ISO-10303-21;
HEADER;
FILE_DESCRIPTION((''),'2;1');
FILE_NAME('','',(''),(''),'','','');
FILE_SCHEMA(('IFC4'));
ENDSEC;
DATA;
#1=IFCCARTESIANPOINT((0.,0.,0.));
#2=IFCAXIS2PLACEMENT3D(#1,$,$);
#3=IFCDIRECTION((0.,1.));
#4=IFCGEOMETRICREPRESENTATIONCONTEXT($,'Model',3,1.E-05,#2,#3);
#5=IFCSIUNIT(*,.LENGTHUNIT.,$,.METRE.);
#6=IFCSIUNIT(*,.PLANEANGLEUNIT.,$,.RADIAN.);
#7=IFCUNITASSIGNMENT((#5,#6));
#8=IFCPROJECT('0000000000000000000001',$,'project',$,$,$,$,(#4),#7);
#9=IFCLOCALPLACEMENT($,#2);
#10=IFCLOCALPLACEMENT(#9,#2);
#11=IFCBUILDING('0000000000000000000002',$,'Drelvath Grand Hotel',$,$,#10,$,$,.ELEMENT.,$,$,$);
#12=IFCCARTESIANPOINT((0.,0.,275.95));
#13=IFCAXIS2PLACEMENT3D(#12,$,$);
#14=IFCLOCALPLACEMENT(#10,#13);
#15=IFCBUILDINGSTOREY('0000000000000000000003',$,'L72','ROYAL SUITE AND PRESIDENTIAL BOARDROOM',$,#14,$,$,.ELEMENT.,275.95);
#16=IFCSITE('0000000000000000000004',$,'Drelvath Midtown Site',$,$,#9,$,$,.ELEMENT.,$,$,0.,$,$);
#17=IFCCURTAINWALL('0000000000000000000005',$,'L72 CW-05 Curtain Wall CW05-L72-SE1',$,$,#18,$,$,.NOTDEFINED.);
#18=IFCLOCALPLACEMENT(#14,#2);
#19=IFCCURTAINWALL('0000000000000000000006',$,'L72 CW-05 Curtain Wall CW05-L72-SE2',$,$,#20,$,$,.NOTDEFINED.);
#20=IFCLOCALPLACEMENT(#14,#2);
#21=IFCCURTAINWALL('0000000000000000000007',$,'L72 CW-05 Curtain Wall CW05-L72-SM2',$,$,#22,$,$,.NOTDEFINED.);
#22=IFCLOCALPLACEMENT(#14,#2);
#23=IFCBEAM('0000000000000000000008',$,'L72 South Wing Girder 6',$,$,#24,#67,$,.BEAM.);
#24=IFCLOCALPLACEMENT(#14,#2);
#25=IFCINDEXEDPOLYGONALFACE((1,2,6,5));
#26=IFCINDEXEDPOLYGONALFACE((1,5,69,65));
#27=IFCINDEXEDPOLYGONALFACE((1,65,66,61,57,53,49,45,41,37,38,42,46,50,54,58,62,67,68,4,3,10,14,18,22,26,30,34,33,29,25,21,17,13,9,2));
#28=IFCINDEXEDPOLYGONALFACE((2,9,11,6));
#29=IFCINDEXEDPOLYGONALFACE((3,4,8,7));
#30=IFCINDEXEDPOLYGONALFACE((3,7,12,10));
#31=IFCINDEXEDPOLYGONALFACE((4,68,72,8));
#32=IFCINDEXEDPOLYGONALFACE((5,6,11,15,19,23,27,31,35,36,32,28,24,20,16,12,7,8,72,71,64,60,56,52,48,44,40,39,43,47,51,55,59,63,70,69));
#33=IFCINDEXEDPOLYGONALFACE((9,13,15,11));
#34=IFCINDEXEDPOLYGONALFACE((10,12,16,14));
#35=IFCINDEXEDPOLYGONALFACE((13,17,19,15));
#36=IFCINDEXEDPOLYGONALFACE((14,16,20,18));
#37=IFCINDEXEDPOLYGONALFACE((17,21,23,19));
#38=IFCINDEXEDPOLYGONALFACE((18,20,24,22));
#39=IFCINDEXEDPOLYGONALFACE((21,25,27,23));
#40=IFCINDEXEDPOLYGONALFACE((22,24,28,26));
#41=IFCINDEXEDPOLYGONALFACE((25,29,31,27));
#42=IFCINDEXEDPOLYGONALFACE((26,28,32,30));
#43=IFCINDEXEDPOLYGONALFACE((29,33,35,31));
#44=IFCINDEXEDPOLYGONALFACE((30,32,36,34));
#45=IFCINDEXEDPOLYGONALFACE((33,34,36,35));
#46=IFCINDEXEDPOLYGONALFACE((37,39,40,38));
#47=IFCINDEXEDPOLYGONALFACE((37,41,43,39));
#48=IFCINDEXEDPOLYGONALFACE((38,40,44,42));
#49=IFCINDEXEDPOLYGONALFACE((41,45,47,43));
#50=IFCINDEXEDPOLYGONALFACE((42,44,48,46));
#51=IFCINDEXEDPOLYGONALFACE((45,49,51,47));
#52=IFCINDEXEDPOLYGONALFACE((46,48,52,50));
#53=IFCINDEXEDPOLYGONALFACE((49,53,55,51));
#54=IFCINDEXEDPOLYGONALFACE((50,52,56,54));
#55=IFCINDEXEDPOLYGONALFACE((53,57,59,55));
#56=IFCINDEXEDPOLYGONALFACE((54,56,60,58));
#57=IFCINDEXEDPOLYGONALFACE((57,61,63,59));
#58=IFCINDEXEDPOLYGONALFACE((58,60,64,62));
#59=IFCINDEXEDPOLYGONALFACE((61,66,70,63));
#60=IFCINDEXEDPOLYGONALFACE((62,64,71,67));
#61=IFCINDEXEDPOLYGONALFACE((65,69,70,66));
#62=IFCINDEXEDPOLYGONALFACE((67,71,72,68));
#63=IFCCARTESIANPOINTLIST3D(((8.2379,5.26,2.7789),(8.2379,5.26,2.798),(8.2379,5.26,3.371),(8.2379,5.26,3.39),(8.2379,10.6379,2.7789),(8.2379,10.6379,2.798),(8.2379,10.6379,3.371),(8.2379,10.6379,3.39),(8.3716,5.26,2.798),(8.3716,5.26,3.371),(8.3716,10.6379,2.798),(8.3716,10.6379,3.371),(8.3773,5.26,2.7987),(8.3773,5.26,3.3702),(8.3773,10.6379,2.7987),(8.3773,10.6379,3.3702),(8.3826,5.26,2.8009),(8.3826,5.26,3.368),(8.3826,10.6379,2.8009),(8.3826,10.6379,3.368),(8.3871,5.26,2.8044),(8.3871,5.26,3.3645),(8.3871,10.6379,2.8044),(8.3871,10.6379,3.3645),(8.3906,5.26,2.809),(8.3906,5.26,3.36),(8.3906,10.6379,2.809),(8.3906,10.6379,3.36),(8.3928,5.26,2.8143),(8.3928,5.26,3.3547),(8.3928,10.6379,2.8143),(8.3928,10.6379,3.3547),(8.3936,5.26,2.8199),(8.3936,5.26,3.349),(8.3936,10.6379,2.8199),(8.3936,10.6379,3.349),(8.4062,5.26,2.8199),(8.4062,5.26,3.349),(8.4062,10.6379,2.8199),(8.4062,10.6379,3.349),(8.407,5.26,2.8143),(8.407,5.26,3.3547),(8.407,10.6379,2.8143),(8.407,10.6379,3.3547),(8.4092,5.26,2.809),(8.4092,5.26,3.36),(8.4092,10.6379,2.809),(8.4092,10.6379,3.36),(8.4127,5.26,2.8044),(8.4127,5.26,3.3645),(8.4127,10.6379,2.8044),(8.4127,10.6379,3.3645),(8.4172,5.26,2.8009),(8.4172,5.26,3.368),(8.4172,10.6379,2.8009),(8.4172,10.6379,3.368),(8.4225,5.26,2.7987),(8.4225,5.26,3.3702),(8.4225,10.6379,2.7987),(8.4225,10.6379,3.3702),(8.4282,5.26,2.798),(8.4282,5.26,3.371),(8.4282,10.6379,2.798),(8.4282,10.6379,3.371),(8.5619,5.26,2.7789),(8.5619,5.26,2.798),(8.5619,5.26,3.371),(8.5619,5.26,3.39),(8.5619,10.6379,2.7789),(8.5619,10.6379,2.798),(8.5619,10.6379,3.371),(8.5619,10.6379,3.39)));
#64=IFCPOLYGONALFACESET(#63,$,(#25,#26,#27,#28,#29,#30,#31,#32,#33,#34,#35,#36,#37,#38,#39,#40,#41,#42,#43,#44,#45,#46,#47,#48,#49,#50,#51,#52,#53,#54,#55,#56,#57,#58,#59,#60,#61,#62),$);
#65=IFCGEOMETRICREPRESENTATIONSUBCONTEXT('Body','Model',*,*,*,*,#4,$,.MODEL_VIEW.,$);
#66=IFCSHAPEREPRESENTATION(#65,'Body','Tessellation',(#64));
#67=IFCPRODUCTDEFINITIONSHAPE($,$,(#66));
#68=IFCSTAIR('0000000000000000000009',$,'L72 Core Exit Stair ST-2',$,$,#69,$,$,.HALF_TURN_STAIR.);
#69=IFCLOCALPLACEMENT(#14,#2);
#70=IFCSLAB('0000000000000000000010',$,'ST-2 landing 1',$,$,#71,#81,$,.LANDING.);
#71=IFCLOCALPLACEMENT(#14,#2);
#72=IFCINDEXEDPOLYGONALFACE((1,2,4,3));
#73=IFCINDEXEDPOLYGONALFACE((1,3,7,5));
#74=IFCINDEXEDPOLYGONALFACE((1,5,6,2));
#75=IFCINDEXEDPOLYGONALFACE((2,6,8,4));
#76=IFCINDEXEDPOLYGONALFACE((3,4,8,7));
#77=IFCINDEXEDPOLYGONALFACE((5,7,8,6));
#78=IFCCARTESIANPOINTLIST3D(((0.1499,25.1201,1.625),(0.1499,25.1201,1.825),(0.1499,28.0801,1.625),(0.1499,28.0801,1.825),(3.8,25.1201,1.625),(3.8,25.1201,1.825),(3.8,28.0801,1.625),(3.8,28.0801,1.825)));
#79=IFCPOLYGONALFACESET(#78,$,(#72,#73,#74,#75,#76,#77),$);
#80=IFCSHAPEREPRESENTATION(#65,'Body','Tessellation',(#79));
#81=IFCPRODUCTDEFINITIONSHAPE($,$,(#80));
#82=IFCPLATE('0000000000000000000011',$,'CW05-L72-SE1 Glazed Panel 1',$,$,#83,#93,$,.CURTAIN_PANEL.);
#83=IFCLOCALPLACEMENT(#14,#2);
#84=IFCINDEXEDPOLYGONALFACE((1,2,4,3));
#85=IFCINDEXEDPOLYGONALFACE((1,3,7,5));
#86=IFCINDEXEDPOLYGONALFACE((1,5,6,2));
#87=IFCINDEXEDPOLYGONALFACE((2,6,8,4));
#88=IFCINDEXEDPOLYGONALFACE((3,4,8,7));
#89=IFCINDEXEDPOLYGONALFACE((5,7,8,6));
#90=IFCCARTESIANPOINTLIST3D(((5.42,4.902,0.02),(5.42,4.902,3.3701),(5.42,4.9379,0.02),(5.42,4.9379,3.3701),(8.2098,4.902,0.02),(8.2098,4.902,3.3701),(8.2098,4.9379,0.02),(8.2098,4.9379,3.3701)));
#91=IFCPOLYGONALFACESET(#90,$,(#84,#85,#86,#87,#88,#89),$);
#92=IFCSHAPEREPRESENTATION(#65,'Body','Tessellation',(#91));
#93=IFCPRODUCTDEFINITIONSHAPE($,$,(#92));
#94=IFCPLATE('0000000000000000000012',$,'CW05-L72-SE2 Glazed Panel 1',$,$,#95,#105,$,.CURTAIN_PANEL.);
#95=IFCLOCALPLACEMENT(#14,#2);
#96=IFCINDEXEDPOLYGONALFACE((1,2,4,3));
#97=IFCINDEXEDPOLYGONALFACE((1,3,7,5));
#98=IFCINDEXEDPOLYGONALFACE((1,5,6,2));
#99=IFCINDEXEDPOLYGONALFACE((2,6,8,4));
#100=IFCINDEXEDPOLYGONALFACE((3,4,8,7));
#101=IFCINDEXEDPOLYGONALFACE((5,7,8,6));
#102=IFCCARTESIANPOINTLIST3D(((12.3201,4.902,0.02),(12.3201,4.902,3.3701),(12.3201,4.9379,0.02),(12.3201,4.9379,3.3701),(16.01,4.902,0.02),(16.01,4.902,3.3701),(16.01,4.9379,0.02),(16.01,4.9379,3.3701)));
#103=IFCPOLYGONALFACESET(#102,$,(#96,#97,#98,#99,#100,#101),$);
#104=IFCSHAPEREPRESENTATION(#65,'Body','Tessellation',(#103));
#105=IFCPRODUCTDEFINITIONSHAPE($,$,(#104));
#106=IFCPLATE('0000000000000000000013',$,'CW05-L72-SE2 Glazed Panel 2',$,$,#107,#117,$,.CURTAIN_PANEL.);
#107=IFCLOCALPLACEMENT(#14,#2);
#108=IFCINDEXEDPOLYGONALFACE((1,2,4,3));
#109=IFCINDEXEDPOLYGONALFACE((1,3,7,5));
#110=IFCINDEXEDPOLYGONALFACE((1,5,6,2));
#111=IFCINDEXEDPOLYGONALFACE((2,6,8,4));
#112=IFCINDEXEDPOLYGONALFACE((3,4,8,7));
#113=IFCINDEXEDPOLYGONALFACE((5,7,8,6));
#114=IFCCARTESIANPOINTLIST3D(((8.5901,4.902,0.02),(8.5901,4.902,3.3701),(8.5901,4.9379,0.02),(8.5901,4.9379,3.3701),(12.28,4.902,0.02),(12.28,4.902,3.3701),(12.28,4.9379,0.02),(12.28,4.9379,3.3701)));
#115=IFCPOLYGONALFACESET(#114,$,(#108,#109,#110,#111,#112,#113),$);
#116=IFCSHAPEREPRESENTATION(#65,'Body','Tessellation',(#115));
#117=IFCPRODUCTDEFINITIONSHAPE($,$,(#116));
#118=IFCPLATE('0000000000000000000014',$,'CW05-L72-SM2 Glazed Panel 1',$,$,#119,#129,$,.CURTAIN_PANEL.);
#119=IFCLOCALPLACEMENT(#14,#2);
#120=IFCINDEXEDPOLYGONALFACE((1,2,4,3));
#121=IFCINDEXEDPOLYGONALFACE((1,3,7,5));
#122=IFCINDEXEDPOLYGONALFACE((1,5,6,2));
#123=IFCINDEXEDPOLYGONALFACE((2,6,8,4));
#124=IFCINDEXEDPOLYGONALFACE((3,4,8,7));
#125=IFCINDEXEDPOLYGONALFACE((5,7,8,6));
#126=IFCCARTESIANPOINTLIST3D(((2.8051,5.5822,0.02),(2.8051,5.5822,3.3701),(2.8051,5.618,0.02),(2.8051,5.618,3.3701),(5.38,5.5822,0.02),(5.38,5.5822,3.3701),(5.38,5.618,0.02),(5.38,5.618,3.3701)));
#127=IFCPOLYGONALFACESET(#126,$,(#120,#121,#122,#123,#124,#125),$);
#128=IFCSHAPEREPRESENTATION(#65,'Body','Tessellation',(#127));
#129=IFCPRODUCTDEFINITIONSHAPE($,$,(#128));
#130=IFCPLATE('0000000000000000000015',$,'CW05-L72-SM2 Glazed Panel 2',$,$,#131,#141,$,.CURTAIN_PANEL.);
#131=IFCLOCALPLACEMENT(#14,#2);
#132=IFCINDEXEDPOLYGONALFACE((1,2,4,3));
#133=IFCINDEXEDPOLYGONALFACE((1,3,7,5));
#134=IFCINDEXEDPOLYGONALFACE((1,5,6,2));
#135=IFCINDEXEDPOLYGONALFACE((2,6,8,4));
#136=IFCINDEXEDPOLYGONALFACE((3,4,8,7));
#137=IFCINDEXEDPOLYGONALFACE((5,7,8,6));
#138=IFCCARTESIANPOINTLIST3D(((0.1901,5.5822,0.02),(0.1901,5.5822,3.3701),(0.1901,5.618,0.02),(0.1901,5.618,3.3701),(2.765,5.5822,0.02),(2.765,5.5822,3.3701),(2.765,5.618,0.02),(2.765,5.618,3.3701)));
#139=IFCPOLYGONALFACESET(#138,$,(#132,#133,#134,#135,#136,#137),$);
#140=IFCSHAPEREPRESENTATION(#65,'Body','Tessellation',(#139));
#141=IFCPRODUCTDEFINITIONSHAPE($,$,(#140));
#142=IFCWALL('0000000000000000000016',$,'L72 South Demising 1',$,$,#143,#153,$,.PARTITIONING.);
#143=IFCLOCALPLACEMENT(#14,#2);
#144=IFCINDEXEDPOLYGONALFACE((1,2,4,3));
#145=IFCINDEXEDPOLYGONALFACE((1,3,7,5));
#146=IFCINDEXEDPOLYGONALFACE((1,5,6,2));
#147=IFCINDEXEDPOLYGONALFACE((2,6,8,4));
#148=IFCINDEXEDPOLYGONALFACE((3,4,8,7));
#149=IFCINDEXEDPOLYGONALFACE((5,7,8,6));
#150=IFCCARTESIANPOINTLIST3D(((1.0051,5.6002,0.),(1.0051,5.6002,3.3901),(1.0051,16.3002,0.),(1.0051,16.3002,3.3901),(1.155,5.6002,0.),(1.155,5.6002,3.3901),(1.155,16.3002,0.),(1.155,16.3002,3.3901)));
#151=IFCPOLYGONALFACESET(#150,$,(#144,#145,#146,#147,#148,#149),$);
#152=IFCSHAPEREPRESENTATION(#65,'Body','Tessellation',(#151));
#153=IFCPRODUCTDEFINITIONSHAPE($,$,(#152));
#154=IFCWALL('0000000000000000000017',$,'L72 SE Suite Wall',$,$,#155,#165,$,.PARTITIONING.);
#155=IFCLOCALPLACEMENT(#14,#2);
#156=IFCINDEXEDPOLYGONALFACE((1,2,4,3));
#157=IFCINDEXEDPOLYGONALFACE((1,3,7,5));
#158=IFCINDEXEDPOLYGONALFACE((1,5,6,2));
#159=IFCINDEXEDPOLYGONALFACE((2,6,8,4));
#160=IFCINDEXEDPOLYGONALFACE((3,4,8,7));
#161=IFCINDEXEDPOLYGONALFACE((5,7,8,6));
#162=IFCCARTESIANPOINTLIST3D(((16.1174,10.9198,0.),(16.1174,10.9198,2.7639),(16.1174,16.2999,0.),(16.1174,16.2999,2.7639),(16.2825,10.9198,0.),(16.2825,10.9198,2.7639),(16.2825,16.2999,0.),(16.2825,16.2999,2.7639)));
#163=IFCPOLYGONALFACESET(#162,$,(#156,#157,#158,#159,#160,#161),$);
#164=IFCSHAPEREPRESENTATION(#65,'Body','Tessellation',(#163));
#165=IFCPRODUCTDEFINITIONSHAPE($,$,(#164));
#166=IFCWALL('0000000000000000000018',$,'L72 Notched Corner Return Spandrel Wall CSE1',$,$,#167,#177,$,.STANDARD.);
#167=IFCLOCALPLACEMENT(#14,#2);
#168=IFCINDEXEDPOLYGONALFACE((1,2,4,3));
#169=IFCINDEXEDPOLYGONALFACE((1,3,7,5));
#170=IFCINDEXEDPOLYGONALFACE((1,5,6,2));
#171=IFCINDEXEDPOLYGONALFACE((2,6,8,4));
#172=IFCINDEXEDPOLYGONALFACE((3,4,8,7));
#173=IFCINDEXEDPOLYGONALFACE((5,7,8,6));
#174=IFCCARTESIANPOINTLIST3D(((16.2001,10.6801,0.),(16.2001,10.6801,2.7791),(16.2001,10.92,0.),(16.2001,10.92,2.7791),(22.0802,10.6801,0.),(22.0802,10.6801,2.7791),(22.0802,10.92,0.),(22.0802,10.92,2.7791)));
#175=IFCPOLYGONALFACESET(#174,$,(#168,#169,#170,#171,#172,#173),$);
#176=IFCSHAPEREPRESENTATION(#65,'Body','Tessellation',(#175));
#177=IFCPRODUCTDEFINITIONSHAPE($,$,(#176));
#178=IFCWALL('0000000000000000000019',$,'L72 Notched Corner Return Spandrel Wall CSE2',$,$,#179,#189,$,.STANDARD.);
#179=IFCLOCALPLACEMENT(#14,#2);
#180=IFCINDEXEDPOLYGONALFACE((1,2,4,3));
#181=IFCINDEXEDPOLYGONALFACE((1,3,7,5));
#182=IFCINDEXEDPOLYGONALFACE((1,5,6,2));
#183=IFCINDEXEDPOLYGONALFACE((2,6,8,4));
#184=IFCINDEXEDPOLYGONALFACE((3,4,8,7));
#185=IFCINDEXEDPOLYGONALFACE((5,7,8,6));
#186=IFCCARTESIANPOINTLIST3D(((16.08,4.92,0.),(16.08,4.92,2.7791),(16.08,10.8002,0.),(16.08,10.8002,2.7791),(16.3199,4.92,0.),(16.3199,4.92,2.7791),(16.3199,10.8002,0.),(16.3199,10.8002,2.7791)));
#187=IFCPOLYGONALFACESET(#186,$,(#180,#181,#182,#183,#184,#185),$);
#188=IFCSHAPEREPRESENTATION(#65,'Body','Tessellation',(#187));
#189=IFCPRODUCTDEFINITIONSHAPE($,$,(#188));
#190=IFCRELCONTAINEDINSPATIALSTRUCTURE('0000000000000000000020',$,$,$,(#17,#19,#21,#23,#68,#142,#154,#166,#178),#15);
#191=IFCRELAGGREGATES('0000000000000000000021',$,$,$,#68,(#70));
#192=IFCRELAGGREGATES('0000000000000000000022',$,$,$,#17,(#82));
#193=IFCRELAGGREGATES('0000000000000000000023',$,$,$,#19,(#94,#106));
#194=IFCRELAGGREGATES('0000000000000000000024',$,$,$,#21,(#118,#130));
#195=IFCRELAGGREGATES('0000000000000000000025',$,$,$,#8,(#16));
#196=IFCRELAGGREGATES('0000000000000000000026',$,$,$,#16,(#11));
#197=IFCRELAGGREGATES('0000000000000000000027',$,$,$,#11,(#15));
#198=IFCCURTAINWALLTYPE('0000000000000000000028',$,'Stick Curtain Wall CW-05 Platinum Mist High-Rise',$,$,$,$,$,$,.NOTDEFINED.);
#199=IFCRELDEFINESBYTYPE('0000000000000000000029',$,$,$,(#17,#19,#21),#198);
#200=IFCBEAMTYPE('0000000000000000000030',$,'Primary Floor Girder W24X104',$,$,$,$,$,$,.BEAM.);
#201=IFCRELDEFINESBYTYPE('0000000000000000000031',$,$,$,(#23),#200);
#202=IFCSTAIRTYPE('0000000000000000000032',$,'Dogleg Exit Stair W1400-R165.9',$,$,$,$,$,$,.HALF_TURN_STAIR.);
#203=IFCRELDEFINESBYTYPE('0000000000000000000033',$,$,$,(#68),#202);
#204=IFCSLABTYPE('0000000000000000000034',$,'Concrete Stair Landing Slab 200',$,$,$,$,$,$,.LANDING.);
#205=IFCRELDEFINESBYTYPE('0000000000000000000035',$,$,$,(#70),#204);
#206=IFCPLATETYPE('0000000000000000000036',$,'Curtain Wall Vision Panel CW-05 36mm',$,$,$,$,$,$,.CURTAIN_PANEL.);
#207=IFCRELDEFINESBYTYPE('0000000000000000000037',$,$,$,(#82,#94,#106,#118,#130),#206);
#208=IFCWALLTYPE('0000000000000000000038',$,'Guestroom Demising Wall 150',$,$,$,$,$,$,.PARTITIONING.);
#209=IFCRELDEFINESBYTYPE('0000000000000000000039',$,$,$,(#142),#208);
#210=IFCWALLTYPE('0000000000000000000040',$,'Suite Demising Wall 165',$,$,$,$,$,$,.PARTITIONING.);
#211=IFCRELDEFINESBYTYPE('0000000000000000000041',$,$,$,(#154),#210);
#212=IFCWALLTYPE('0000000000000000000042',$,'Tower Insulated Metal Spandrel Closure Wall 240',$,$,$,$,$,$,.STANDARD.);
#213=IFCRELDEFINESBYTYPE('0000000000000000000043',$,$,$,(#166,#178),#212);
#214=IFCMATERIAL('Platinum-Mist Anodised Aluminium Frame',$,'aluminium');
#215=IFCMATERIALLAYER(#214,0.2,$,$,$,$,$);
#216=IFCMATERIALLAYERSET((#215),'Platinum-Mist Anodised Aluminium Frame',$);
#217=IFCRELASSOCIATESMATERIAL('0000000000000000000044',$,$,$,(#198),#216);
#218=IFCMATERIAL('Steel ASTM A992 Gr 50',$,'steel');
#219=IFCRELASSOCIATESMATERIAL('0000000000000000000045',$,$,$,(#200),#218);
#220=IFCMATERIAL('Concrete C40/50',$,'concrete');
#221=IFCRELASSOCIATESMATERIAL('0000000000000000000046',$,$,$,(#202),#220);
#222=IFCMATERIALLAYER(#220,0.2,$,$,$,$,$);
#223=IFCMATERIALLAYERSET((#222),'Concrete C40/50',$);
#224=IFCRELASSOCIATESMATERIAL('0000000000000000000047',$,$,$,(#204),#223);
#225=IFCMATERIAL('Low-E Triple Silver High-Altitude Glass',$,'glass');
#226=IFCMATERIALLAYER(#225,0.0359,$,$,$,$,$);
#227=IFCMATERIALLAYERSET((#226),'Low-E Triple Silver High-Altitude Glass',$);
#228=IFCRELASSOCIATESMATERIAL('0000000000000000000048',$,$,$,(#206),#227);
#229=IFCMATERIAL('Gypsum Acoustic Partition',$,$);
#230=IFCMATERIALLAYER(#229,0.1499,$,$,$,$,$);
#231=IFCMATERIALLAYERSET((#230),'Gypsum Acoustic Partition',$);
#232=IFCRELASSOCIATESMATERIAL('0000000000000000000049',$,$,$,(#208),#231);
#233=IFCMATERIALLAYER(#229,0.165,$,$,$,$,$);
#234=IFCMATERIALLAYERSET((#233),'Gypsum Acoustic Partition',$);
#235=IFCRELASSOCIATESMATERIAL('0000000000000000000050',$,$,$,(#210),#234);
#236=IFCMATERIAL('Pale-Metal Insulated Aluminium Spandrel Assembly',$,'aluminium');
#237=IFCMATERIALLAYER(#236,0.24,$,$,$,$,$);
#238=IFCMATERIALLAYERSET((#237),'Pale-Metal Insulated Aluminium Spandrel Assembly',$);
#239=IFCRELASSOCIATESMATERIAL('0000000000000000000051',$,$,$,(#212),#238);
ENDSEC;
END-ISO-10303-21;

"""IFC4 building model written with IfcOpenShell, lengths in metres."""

from ifc_helpers import new_model, si_unit, direction, frame, frame_2d, origin, origin_2d, place, context, subcontext, project, spatial, polyline, rectangle, i_section, outline, extrude, material, layer, layer_set, material_profile, profile_set, type_object, element, aggregate, save


model = new_model("IFC4")

# Units and contexts
model_context = context("Model", 3, precision=1e-05, world=origin(), true_north=direction((0.0, 1.0)))
body_context = subcontext(model_context, "Body", "Model", "MODEL_VIEW")
ifc_project = project(units=[si_unit("LENGTHUNIT", "METRE"), si_unit("PLANEANGLEUNIT", "RADIAN")], contexts=[model_context])

# Site, building, storey
site_placement = place(None, origin())
site = spatial("IfcSite", under=ifc_project, at=site_placement, Name="Drelvath Midtown Site", CompositionType="ELEMENT", RefElevation=0.0)
building_placement = place(site_placement, origin())
building = spatial("IfcBuilding", under=site, at=building_placement, Name="Drelvath Grand Hotel", CompositionType="ELEMENT")
storey_placement = place(building_placement, frame((0.0, 0.0, 275.95)))
storey = spatial("IfcBuildingStorey", under=building, at=storey_placement, Name="L72", Description="ROYAL SUITE AND PRESIDENTIAL BOARDROOM", CompositionType="ELEMENT", Elevation=275.95)

# Shared definitions
ifc_material_1 = material(Name="Steel ASTM A992 Gr 50", Category="steel")

# Curtain walls
ifc_material_2 = material(Name="Platinum-Mist Anodised Aluminium Frame", Category="aluminium")
ifc_layer_1 = layer(ifc_material_2, 0.2)
ifc_layer_set_1 = layer_set([ifc_layer_1], Name="Platinum-Mist Anodised Aluminium Frame")
curtain_wall_type = type_object("IfcCurtainWallType", Name="Stick Curtain Wall CW-05 Platinum Mist High-Rise", PredefinedType="NOTDEFINED", material=ifc_layer_set_1)
curtain_wall_1_placement = place(storey_placement, origin())
curtain_wall_1 = element("IfcCurtainWall", 1, at=curtain_wall_1_placement, inside=storey, type_object=curtain_wall_type, Name="L72 CW-05 Curtain Wall CW05-L72-SE1", PredefinedType="NOTDEFINED")
curtain_wall_2_placement = place(storey_placement, origin())
curtain_wall_2 = element("IfcCurtainWall", 2, at=curtain_wall_2_placement, inside=storey, type_object=curtain_wall_type, Name="L72 CW-05 Curtain Wall CW05-L72-SE2", PredefinedType="NOTDEFINED")
curtain_wall_3_placement = place(storey_placement, origin())
curtain_wall_3 = element("IfcCurtainWall", 3, at=curtain_wall_3_placement, inside=storey, type_object=curtain_wall_type, Name="L72 CW-05 Curtain Wall CW05-L72-SM2", PredefinedType="NOTDEFINED")

# Beam
ifc_material_profile_1 = material_profile(ifc_material_1, i_section(OverallWidth=0.324, OverallDepth=0.6111, WebThickness=0.0127, FlangeThickness=0.019, FilletRadius=0.022, at=origin_2d()), Name="W24X104")
ifc_profile_set_1 = profile_set([ifc_material_profile_1], Name="Steel ASTM A992 Gr 50")
beam_type_1 = type_object("IfcBeamType", Name="Primary Floor Girder W24X104", PredefinedType="BEAM", material=ifc_profile_set_1)
beam_1_placement = place(storey_placement, frame((8.3999, 5.26, 3.0845), z_axis=(0.0, 1.0, 0.0), x_axis=(-1.0, 0.0, 0.0)))
element("IfcBeam", 4, at=beam_1_placement, inside=storey, type_object=beam_type_1, Name="L72 South Wing Girder 6", PredefinedType="BEAM", context=body_context, shape_type="SweptSolid", body=[
    extrude(i_section(OverallWidth=0.324, OverallDepth=0.6111, WebThickness=0.0127, FlangeThickness=0.019, FilletRadius=0.022, at=origin_2d()), origin(), (0.0, 0.0, 1.0), 5.3779),
])

# Stair, slab
ifc_material_3 = material(Name="Concrete C40/50", Category="concrete")
stair_type = type_object("IfcStairType", Name="Dogleg Exit Stair W1400-R165.9", PredefinedType="HALF_TURN_STAIR", material=ifc_material_3)
stair_placement = place(storey_placement, origin())
stair = element("IfcStair", 5, at=stair_placement, inside=storey, type_object=stair_type, Name="L72 Core Exit Stair ST-2", PredefinedType="HALF_TURN_STAIR")
ifc_layer_2 = layer(ifc_material_3, 0.2)
ifc_layer_set_2 = layer_set([ifc_layer_2], Name="Concrete C40/50")
slab_type = type_object("IfcSlabType", Name="Concrete Stair Landing Slab 200", PredefinedType="LANDING", material=ifc_layer_set_2)
slab_placement = place(storey_placement, frame((0.0, 0.0, 1.625)))
slab = element("IfcSlab", 6, at=slab_placement, type_object=slab_type, Name="ST-2 landing 1", PredefinedType="LANDING", context=body_context, shape_type="SweptSolid", body=[
    extrude(outline(polyline([(3.8, 28.0801), (0.1499, 28.0801), (0.1499, 25.1201), (3.8, 25.1201), (3.8, 28.0801)])), origin(), (0.0, 0.0, 1.0), 0.2),
])
aggregate(stair, [slab])

# Plates
ifc_material_4 = material(Name="Low-E Triple Silver High-Altitude Glass", Category="glass")
ifc_layer_3 = layer(ifc_material_4, 0.0359)
ifc_layer_set_3 = layer_set([ifc_layer_3], Name="Low-E Triple Silver High-Altitude Glass")
plate_type = type_object("IfcPlateType", Name="Curtain Wall Vision Panel CW-05 36mm", PredefinedType="CURTAIN_PANEL", material=ifc_layer_set_3)
plate_1_placement = place(storey_placement, frame((6.8149, 4.9199, 0.02), z_axis=(0.0, 0.0, 1.0), x_axis=(-1.0, 0.0, 0.0)))
plate_1 = element("IfcPlate", 7, at=plate_1_placement, type_object=plate_type, Name="CW05-L72-SE1 Glazed Panel 1", PredefinedType="CURTAIN_PANEL", context=body_context, shape_type="SweptSolid", body=[
    extrude(rectangle(XDim=2.7898, YDim=0.0359, at=origin_2d()), origin(), (0.0, 0.0, 1.0), 3.3501),
])
aggregate(curtain_wall_1, [plate_1])
plate_2_placement = place(storey_placement, frame((14.165, 4.9199, 0.02), z_axis=(0.0, 0.0, 1.0), x_axis=(-1.0, 0.0, 0.0)))
plate_2 = element("IfcPlate", 8, at=plate_2_placement, type_object=plate_type, Name="CW05-L72-SE2 Glazed Panel 1", PredefinedType="CURTAIN_PANEL", context=body_context, shape_type="SweptSolid", body=[
    extrude(rectangle(XDim=3.6899, YDim=0.0359, at=origin_2d()), origin(), (0.0, 0.0, 1.0), 3.3501),
])
plate_3_placement = place(storey_placement, frame((10.4351, 4.9199, 0.02), z_axis=(0.0, 0.0, 1.0), x_axis=(-1.0, 0.0, 0.0)))
plate_3 = element("IfcPlate", 9, at=plate_3_placement, type_object=plate_type, Name="CW05-L72-SE2 Glazed Panel 2", PredefinedType="CURTAIN_PANEL", context=body_context, shape_type="SweptSolid", body=[
    extrude(rectangle(XDim=3.6899, YDim=0.0359, at=origin_2d()), origin(), (0.0, 0.0, 1.0), 3.3501),
])
aggregate(curtain_wall_2, [plate_2, plate_3])
plate_4_placement = place(storey_placement, frame((4.0925, 5.6001, 0.02), z_axis=(0.0, 0.0, 1.0), x_axis=(-1.0, 0.0, 0.0)))
plate_4 = element("IfcPlate", 10, at=plate_4_placement, type_object=plate_type, Name="CW05-L72-SM2 Glazed Panel 1", PredefinedType="CURTAIN_PANEL", context=body_context, shape_type="SweptSolid", body=[
    extrude(rectangle(XDim=2.575, YDim=0.0359, at=origin_2d()), origin(), (0.0, 0.0, 1.0), 3.3501),
])
plate_5_placement = place(storey_placement, frame((1.4775, 5.6001, 0.02), z_axis=(0.0, 0.0, 1.0), x_axis=(-1.0, 0.0, 0.0)))
plate_5 = element("IfcPlate", 11, at=plate_5_placement, type_object=plate_type, Name="CW05-L72-SM2 Glazed Panel 2", PredefinedType="CURTAIN_PANEL", context=body_context, shape_type="SweptSolid", body=[
    extrude(rectangle(XDim=2.575, YDim=0.0359, at=origin_2d()), origin(), (0.0, 0.0, 1.0), 3.3501),
])
aggregate(curtain_wall_3, [plate_4, plate_5])

# Walls
ifc_material_5 = material(Name="Gypsum Acoustic Partition")
ifc_layer_4 = layer(ifc_material_5, 0.1499)
ifc_layer_set_4 = layer_set([ifc_layer_4], Name="Gypsum Acoustic Partition")
wall_type_1 = type_object("IfcWallType", Name="Guestroom Demising Wall 150", PredefinedType="PARTITIONING", material=ifc_layer_set_4)
wall_1_placement = place(storey_placement, frame((1.0801, 5.6001, 0.0), z_axis=(0.0, 0.0, 1.0), x_axis=(0.0, 1.0, 0.0)))
element("IfcWall", 12, at=wall_1_placement, inside=storey, type_object=wall_type_1, Name="L72 South Demising 1", PredefinedType="PARTITIONING", context=body_context, shape_type="SweptSolid", body=[
    extrude(rectangle(XDim=10.7, YDim=0.1499, at=frame_2d((5.3501, 0.0))), origin(), (0.0, 0.0, 1.0), 3.3901),
])
ifc_layer_5 = layer(ifc_material_5, 0.165)
ifc_layer_set_5 = layer_set([ifc_layer_5], Name="Gypsum Acoustic Partition")
wall_type_2 = type_object("IfcWallType", Name="Suite Demising Wall 165", PredefinedType="PARTITIONING", material=ifc_layer_set_5)
wall_2_placement = place(storey_placement, frame((16.2, 10.9199, 0.0), z_axis=(0.0, 0.0, 1.0), x_axis=(0.0, 1.0, 0.0)))
element("IfcWall", 13, at=wall_2_placement, inside=storey, type_object=wall_type_2, Name="L72 SE Suite Wall", PredefinedType="PARTITIONING", context=body_context, shape_type="SweptSolid", body=[
    extrude(rectangle(XDim=5.3801, YDim=0.165, at=frame_2d((2.6899, 0.0))), origin(), (0.0, 0.0, 1.0), 2.7639),
])
ifc_material_6 = material(Name="Pale-Metal Insulated Aluminium Spandrel Assembly", Category="aluminium")
ifc_layer_6 = layer(ifc_material_6, 0.24)
ifc_layer_set_6 = layer_set([ifc_layer_6], Name="Pale-Metal Insulated Aluminium Spandrel Assembly")
wall_type_3 = type_object("IfcWallType", Name="Tower Insulated Metal Spandrel Closure Wall 240", PredefinedType="STANDARD", material=ifc_layer_set_6)
for number, where, z_axis, x_axis, name in (
    (14, (22.0801, 10.8, 0.0), (0.0, 0.0, 1.0), (-1.0, 0.0, 0.0), "L72 Notched Corner Return Spandrel Wall CSE1"),
    (15, (16.2, 10.8, 0.0), (0.0, 0.0, 1.0), (0.0, -1.0, 0.0), "L72 Notched Corner Return Spandrel Wall CSE2"),
):
    element("IfcWall", number, at=place(storey_placement, frame(where, z_axis=z_axis, x_axis=x_axis)), inside=storey, type_object=wall_type_3, Name=name, PredefinedType="STANDARD", context=body_context, shape_type="SweptSolid", body=[
        extrude(rectangle(XDim=5.8801, YDim=0.24, at=frame_2d((2.9399, 0.0))), origin(), (0.0, 0.0, 1.0), 2.7791),
    ])

save(model, "model.ifc")
